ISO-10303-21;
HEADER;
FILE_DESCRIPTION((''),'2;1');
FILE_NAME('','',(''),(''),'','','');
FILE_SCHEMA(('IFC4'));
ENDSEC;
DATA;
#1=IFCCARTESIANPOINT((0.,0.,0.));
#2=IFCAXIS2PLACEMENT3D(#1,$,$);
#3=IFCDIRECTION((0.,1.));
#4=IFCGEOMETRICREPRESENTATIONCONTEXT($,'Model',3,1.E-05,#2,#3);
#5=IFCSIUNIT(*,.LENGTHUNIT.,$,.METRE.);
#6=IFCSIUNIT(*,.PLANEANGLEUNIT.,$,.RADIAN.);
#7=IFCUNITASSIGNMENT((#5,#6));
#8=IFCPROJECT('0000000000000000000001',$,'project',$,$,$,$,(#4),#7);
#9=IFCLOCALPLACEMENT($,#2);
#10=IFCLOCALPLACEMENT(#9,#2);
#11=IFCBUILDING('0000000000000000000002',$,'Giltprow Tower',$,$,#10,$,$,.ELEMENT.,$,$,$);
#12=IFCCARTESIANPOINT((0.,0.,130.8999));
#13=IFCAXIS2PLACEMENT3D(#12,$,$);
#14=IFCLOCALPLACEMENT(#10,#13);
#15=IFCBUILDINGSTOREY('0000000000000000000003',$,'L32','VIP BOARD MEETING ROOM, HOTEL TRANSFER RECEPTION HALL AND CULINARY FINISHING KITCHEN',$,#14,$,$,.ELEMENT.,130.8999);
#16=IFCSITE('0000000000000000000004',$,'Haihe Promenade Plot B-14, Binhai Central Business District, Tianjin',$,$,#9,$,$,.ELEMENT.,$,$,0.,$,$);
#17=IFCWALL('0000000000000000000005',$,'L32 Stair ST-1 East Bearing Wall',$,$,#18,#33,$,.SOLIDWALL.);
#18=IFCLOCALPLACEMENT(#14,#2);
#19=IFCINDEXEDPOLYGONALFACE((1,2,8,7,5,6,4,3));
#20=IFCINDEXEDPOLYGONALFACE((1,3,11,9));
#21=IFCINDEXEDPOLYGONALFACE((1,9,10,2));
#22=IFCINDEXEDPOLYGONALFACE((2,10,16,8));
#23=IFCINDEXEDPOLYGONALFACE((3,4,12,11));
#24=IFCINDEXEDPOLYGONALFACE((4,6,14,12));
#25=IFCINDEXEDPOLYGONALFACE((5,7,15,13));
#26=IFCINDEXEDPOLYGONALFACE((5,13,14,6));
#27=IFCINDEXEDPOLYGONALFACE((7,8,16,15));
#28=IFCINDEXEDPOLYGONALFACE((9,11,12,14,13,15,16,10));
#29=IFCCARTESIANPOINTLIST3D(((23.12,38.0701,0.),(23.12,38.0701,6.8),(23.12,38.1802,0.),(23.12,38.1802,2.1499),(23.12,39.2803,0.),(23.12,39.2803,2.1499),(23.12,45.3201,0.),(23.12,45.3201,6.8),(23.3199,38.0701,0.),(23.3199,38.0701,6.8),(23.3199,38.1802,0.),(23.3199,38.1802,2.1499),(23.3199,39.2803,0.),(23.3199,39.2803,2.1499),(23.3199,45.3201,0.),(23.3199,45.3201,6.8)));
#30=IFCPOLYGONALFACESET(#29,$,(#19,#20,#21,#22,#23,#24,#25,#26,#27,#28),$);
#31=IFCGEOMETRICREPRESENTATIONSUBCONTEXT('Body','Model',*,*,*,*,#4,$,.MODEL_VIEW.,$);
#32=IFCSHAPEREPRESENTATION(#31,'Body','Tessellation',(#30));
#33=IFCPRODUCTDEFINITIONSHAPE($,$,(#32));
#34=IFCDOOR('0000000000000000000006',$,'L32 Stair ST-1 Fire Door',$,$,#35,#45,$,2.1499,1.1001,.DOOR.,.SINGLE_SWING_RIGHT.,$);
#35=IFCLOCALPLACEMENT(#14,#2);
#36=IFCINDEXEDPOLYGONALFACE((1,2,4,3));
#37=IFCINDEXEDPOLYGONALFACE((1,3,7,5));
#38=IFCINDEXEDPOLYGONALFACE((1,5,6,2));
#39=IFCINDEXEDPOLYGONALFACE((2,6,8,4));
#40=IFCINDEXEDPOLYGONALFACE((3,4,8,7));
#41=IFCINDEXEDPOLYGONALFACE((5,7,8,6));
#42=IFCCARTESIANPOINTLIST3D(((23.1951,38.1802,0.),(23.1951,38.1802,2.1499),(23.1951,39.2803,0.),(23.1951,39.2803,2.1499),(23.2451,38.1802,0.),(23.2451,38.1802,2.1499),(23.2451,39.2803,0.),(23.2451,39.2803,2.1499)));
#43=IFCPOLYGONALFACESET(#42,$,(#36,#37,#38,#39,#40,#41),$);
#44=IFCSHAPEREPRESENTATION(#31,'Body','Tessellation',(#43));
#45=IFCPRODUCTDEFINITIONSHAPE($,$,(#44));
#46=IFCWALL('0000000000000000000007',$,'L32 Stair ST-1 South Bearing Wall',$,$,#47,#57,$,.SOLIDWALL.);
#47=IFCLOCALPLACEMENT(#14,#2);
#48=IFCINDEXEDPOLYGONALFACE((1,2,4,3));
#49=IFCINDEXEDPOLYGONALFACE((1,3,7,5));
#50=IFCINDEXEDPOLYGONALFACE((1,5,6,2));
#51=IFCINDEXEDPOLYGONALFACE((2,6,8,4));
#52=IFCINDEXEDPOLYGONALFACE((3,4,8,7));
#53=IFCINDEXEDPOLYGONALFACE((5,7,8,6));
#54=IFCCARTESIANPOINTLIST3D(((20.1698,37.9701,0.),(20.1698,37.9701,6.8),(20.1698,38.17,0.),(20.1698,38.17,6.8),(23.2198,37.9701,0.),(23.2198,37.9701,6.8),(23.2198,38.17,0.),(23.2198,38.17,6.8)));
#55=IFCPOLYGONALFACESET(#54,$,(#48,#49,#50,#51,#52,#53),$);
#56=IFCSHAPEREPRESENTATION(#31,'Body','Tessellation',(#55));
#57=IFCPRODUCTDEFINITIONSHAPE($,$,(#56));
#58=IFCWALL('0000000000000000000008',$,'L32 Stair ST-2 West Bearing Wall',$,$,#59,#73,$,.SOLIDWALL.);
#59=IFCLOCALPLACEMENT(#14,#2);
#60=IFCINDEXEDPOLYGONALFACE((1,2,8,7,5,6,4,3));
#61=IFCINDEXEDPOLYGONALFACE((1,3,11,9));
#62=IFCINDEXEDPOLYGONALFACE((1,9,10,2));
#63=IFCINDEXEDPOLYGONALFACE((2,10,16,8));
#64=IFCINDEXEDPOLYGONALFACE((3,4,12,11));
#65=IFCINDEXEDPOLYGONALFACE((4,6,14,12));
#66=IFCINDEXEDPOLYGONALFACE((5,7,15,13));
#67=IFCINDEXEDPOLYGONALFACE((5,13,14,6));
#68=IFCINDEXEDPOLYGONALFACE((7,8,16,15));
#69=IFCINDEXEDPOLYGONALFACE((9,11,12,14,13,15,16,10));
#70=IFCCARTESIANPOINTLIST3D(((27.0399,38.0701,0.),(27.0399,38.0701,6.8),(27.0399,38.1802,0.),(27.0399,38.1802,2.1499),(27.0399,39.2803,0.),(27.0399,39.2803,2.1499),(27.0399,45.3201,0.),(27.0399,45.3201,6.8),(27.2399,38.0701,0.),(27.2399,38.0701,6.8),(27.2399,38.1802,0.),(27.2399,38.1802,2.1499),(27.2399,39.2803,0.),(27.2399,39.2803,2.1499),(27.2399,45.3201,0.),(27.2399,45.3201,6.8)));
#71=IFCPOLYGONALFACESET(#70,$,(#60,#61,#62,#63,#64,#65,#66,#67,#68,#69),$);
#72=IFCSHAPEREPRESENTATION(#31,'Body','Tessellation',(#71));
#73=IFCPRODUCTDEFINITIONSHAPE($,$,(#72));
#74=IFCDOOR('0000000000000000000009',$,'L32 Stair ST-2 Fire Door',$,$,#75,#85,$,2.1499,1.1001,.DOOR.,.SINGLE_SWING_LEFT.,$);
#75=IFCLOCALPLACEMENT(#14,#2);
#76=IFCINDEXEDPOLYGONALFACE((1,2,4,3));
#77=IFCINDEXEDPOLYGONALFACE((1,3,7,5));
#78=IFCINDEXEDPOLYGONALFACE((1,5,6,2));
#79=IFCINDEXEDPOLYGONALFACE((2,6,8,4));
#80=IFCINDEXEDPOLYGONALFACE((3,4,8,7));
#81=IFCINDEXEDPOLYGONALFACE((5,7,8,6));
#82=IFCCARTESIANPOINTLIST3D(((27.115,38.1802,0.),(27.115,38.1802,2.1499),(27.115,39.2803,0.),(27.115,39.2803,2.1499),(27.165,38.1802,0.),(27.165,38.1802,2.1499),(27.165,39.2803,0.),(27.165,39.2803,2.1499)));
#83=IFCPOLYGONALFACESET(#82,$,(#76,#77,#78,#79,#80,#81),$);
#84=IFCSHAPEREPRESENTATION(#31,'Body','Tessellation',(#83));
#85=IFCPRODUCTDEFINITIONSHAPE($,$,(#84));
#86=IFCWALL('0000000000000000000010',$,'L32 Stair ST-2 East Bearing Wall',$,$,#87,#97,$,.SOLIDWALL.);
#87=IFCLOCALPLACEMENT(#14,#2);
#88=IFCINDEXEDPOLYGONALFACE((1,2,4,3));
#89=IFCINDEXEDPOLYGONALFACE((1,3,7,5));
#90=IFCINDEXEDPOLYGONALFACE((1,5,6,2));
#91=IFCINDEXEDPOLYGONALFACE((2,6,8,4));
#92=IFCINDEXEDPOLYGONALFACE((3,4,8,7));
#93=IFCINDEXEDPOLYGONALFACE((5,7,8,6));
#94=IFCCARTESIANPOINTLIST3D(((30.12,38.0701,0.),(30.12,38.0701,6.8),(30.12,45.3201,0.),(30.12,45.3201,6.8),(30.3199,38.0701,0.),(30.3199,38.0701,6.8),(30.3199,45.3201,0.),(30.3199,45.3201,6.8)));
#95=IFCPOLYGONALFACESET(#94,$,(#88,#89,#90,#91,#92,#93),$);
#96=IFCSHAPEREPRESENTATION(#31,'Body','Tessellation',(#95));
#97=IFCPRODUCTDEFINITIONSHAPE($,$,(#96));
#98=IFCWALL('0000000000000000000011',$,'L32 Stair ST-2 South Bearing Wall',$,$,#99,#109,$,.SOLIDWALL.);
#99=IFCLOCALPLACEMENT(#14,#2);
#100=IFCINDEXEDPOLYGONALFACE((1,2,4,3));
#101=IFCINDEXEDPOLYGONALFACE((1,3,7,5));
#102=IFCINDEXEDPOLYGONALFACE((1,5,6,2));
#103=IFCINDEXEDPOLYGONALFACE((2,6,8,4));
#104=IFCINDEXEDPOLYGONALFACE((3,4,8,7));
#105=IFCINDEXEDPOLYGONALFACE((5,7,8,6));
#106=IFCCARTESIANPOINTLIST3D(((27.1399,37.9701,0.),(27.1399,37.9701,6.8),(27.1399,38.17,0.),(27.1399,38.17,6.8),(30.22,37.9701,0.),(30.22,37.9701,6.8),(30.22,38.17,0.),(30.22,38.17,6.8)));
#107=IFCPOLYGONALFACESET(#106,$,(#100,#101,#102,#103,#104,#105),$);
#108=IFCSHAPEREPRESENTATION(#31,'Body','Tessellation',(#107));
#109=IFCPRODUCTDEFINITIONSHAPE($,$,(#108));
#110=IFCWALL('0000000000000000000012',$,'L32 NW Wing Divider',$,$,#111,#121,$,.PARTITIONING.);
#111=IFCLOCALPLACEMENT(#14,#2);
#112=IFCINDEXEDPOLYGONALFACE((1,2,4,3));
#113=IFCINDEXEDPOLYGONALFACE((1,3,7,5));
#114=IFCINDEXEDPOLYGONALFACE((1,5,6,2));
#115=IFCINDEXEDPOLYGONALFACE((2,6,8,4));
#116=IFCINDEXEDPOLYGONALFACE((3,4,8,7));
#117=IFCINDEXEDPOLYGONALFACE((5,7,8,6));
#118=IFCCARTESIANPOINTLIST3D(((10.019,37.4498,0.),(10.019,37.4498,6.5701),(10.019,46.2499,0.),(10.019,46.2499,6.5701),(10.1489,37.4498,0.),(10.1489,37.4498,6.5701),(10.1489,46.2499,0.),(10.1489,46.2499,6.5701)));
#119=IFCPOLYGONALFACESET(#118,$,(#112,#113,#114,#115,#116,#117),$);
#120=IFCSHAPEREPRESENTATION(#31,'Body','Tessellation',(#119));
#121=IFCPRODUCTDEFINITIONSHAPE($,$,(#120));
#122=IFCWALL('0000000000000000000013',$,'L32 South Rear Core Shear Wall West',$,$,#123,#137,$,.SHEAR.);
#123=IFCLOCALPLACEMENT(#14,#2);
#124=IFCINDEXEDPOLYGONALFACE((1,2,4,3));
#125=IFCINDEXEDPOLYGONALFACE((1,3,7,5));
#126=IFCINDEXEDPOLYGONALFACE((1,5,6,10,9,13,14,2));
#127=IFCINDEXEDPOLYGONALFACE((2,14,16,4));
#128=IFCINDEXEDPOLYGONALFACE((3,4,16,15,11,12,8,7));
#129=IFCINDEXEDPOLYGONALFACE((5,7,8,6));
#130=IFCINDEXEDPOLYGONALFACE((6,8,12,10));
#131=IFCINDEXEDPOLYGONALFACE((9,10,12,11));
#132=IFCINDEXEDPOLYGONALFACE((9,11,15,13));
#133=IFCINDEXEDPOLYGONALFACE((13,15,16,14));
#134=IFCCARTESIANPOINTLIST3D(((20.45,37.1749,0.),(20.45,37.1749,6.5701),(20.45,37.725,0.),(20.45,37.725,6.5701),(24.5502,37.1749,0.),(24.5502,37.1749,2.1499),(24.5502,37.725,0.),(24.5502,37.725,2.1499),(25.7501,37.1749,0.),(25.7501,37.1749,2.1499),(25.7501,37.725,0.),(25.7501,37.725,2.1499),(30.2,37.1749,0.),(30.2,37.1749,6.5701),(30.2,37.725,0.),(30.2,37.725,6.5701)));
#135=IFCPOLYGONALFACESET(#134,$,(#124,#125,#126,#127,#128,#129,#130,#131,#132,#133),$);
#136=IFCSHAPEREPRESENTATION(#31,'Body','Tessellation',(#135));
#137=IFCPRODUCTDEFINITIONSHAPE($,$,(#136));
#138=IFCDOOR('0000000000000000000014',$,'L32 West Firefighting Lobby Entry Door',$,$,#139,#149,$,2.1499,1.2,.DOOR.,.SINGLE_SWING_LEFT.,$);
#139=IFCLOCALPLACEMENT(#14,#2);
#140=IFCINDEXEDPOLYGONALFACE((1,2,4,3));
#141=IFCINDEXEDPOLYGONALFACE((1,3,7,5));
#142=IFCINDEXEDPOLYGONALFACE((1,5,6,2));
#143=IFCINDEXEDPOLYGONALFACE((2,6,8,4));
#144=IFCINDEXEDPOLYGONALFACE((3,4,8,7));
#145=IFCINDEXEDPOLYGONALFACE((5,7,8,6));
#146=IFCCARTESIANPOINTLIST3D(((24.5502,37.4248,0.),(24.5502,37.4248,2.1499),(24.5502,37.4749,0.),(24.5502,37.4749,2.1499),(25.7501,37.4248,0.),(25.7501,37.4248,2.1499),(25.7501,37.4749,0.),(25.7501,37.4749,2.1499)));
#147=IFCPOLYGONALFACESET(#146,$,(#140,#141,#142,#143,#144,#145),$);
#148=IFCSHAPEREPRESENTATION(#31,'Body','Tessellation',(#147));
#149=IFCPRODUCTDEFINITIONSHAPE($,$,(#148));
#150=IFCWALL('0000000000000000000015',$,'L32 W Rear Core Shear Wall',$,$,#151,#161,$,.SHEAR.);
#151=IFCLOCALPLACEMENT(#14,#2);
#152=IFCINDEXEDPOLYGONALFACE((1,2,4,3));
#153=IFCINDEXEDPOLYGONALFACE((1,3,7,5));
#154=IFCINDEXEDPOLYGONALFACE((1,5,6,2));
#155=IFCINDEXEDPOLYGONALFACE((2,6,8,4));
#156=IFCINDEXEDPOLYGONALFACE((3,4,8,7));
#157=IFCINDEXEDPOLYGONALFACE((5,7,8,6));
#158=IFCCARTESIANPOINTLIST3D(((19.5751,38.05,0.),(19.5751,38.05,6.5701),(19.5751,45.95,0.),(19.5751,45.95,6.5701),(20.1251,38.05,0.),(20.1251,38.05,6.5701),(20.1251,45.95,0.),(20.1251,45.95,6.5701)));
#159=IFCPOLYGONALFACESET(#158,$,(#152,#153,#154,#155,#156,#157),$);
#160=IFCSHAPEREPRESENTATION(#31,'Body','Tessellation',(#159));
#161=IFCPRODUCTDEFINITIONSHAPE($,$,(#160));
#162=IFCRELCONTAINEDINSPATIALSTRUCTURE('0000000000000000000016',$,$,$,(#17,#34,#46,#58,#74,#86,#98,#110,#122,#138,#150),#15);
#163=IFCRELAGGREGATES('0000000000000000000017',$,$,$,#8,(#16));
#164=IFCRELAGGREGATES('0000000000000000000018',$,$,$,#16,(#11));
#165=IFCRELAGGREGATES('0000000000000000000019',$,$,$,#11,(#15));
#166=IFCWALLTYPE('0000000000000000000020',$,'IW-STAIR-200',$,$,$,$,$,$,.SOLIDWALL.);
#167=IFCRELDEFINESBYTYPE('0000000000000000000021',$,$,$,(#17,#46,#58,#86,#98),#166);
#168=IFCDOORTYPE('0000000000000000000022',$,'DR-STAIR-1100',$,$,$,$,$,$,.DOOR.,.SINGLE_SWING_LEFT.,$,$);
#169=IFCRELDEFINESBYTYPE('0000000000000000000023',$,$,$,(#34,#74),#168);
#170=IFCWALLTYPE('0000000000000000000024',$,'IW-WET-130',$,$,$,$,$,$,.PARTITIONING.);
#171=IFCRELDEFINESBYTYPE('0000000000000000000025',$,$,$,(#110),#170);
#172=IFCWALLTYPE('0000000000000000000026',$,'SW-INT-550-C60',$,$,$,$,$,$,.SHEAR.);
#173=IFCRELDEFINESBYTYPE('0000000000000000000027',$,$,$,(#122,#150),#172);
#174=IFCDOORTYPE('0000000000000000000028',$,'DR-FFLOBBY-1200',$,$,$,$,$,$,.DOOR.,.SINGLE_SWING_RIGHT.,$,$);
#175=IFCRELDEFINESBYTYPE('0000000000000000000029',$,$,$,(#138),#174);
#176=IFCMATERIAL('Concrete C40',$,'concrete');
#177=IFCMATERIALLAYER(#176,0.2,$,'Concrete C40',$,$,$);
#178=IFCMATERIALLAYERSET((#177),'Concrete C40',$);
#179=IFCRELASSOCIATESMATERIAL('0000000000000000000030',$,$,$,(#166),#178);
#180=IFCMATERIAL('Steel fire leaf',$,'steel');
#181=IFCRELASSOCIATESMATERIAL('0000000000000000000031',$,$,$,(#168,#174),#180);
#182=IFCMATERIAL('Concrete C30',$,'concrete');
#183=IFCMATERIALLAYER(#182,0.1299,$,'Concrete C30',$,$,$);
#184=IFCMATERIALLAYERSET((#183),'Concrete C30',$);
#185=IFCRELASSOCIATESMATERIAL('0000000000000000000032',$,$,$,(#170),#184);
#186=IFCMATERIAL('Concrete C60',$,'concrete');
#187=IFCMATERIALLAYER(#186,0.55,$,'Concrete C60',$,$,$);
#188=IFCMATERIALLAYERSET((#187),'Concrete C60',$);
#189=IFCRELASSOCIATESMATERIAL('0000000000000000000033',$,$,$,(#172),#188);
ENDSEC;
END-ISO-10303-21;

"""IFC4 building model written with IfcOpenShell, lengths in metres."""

from ifc_helpers import new_model, si_unit, direction, frame, frame_2d, origin, place, context, subcontext, project, spatial, rectangle, extrude, source, transform, mapped, material, layer, layer_set, type_object, element, fill, save


model = new_model("IFC4")

# Units and contexts
model_context = context("Model", 3, precision=1e-05, world=origin(), true_north=direction((0.0, 1.0)))
body_context = subcontext(model_context, "Body", "Model", "MODEL_VIEW")
ifc_project = project(units=[si_unit("LENGTHUNIT", "METRE"), si_unit("PLANEANGLEUNIT", "RADIAN")], contexts=[model_context])

# Site, building, storey
site_placement = place(None, origin())
site = spatial("IfcSite", under=ifc_project, at=site_placement, Name="Haihe Promenade Plot B-14, Binhai Central Business District, Tianjin", CompositionType="ELEMENT", RefElevation=0.0)
building_placement = place(site_placement, origin())
building = spatial("IfcBuilding", under=site, at=building_placement, Name="Giltprow Tower", CompositionType="ELEMENT")
storey_placement = place(building_placement, frame((0.0, 0.0, 130.8999)))
storey = spatial("IfcBuildingStorey", under=building, at=storey_placement, Name="L32", Description="VIP BOARD MEETING ROOM, HOTEL TRANSFER RECEPTION HALL AND CULINARY FINISHING KITCHEN", CompositionType="ELEMENT", Elevation=130.8999)

# Shared definitions
ifc_material_1 = material(Name="Concrete C60", Category="concrete")

# Wall, opening, door
ifc_material_2 = material(Name="Concrete C40", Category="concrete")
ifc_layer_1 = layer(ifc_material_2, 0.2, Name="Concrete C40")
ifc_layer_set_1 = layer_set([ifc_layer_1], Name="Concrete C40")
wall_type_1 = type_object("IfcWallType", Name="IW-STAIR-200", PredefinedType="SOLIDWALL", material=ifc_layer_set_1)
wall_1_placement = place(storey_placement, frame((23.22, 38.0701, 0.0), z_axis=(0.0, 0.0, 1.0), x_axis=(0.0, 1.0, 0.0)))
wall_1 = element("IfcWall", 1, at=wall_1_placement, inside=storey, type_object=wall_type_1, Name="L32 Stair ST-1 East Bearing Wall", PredefinedType="SOLIDWALL", context=body_context, shape_type="SweptSolid", body=[
    extrude(rectangle(XDim=7.25, YDim=0.2, at=frame_2d((3.625, 0.0))), origin(), (0.0, 0.0, 1.0), 6.8),
])
opening_1_placement = place(wall_1_placement, frame((0.1101, 0.0, 0.0)))
opening_1 = element("IfcOpeningElement", 2, at=opening_1_placement, cuts=wall_1, PredefinedType="OPENING", context=body_context, shape_type="SweptSolid", body=[
    extrude(rectangle(XDim=1.1001, YDim=2.1499, at=frame_2d((0.55, 1.075))), frame((0.0, 0.1099, 0.0), z_axis=(0.0, -1.0, 0.0), x_axis=(1.0, 0.0, 0.0)), (0.0, 0.0, 1.0), 0.22),
])
ifc_material_3 = material(Name="Steel fire leaf", Category="steel")
door_type_1 = type_object("IfcDoorType", Name="DR-STAIR-1100", OperationType="SINGLE_SWING_LEFT", PredefinedType="DOOR", material=ifc_material_3)
shared_shape_1 = source(origin(), body_context, "Body", "SweptSolid", [
    extrude(rectangle(XDim=1.1001, YDim=2.1499, at=frame_2d((0.55, 1.075))), frame((0.0, 0.0249, 0.0), z_axis=(0.0, -1.0, 0.0), x_axis=(1.0, 0.0, 0.0)), (0.0, 0.0, 1.0), 0.05),
])
door_1_placement = place(opening_1_placement, origin())
door_1 = element("IfcDoor", 3, at=door_1_placement, inside=storey, type_object=door_type_1, Name="L32 Stair ST-1 Fire Door", OperationType="SINGLE_SWING_RIGHT", OverallHeight=2.1499, OverallWidth=1.1001, PredefinedType="DOOR", context=body_context, shape_type="MappedRepresentation", body=[
    mapped(shared_shape_1, transform((0.0, 0.0, 0.0), x_axis=(1.0, 0.0, 0.0), y_axis=(0.0, 1.0, 0.0), z_axis=(0.0, 0.0, 1.0), scale=1.0)),
])
fill(opening_1, door_1)

# Wall
wall_2_placement = place(storey_placement, frame((20.1699, 38.0701, 0.0), z_axis=(0.0, 0.0, 1.0), x_axis=(1.0, 0.0, 0.0)))
element("IfcWall", 4, at=wall_2_placement, inside=storey, type_object=wall_type_1, Name="L32 Stair ST-1 South Bearing Wall", PredefinedType="SOLIDWALL", context=body_context, shape_type="SweptSolid", body=[
    extrude(rectangle(XDim=3.05, YDim=0.2, at=frame_2d((1.5249, 0.0))), origin(), (0.0, 0.0, 1.0), 6.8),
])

# Wall, opening, door
wall_3_placement = place(storey_placement, frame((27.1399, 38.0701, 0.0), z_axis=(0.0, 0.0, 1.0), x_axis=(0.0, 1.0, 0.0)))
wall_3 = element("IfcWall", 5, at=wall_3_placement, inside=storey, type_object=wall_type_1, Name="L32 Stair ST-2 West Bearing Wall", PredefinedType="SOLIDWALL", context=body_context, shape_type="SweptSolid", body=[
    extrude(rectangle(XDim=7.25, YDim=0.2, at=frame_2d((3.625, 0.0))), origin(), (0.0, 0.0, 1.0), 6.8),
])
opening_2_placement = place(wall_3_placement, frame((0.1101, 0.0, 0.0)))
opening_2 = element("IfcOpeningElement", 6, at=opening_2_placement, cuts=wall_3, PredefinedType="OPENING", context=body_context, shape_type="SweptSolid", body=[
    extrude(rectangle(XDim=1.1001, YDim=2.1499, at=frame_2d((0.55, 1.075))), frame((0.0, 0.1099, 0.0), z_axis=(0.0, -1.0, 0.0), x_axis=(1.0, 0.0, 0.0)), (0.0, 0.0, 1.0), 0.22),
])
door_2_placement = place(opening_2_placement, origin())
door_2 = element("IfcDoor", 7, at=door_2_placement, inside=storey, type_object=door_type_1, Name="L32 Stair ST-2 Fire Door", OperationType="SINGLE_SWING_LEFT", OverallHeight=2.1499, OverallWidth=1.1001, PredefinedType="DOOR", context=body_context, shape_type="MappedRepresentation", body=[
    mapped(shared_shape_1, transform((0.0, 0.0, 0.0), x_axis=(1.0, 0.0, 0.0), y_axis=(0.0, 1.0, 0.0), z_axis=(0.0, 0.0, 1.0), scale=1.0)),
])
fill(opening_2, door_2)

# Walls
wall_4_placement = place(storey_placement, frame((30.22, 38.0701, 0.0), z_axis=(0.0, 0.0, 1.0), x_axis=(0.0, 1.0, 0.0)))
element("IfcWall", 8, at=wall_4_placement, inside=storey, type_object=wall_type_1, Name="L32 Stair ST-2 East Bearing Wall", PredefinedType="SOLIDWALL", context=body_context, shape_type="SweptSolid", body=[
    extrude(rectangle(XDim=7.25, YDim=0.2, at=frame_2d((3.625, 0.0))), origin(), (0.0, 0.0, 1.0), 6.8),
])
wall_5_placement = place(storey_placement, frame((27.1399, 38.0701, 0.0), z_axis=(0.0, 0.0, 1.0), x_axis=(1.0, 0.0, 0.0)))
element("IfcWall", 9, at=wall_5_placement, inside=storey, type_object=wall_type_1, Name="L32 Stair ST-2 South Bearing Wall", PredefinedType="SOLIDWALL", context=body_context, shape_type="SweptSolid", body=[
    extrude(rectangle(XDim=3.0801, YDim=0.2, at=frame_2d((1.54, 0.0))), origin(), (0.0, 0.0, 1.0), 6.8),
])
ifc_material_4 = material(Name="Concrete C30", Category="concrete")
ifc_layer_2 = layer(ifc_material_4, 0.1299, Name="Concrete C30")
ifc_layer_set_2 = layer_set([ifc_layer_2], Name="Concrete C30")
wall_type_2 = type_object("IfcWallType", Name="IW-WET-130", PredefinedType="PARTITIONING", material=ifc_layer_set_2)
wall_6_placement = place(storey_placement, frame((10.084, 37.45, 0.0), z_axis=(0.0, 0.0, 1.0), x_axis=(0.0, 1.0, 0.0)))
element("IfcWall", 10, at=wall_6_placement, inside=storey, type_object=wall_type_2, Name="L32 NW Wing Divider", PredefinedType="PARTITIONING", context=body_context, shape_type="SweptSolid", body=[
    extrude(rectangle(XDim=8.8, YDim=0.1299, at=frame_2d((4.3999, 0.0))), origin(), (0.0, 0.0, 1.0), 6.5701),
])

# Wall, opening, door
ifc_layer_3 = layer(ifc_material_1, 0.55, Name="Concrete C60")
ifc_layer_set_3 = layer_set([ifc_layer_3], Name="Concrete C60")
wall_type_3 = type_object("IfcWallType", Name="SW-INT-550-C60", PredefinedType="SHEAR", material=ifc_layer_set_3)
wall_7_placement = place(storey_placement, frame((20.45, 37.45, 0.0), z_axis=(0.0, 0.0, 1.0), x_axis=(1.0, 0.0, 0.0)))
wall_7 = element("IfcWall", 11, at=wall_7_placement, inside=storey, type_object=wall_type_3, Name="L32 South Rear Core Shear Wall West", PredefinedType="SHEAR", context=body_context, shape_type="SweptSolid", body=[
    extrude(rectangle(XDim=9.75, YDim=0.55, at=frame_2d((4.875, 0.0))), origin(), (0.0, 0.0, 1.0), 6.5701),
])
opening_3_placement = place(wall_7_placement, frame((4.1001, 0.0, 0.0)))
opening_3 = element("IfcOpeningElement", 12, at=opening_3_placement, cuts=wall_7, PredefinedType="OPENING", context=body_context, shape_type="SweptSolid", body=[
    extrude(rectangle(XDim=1.2, YDim=2.1499, at=frame_2d((0.6001, 1.075))), frame((0.0, 0.2849, 0.0), z_axis=(0.0, -1.0, 0.0), x_axis=(1.0, 0.0, 0.0)), (0.0, 0.0, 1.0), 0.5701),
])
door_type_2 = type_object("IfcDoorType", Name="DR-FFLOBBY-1200", OperationType="SINGLE_SWING_RIGHT", PredefinedType="DOOR", material=ifc_material_3)
shared_shape_2 = source(origin(), body_context, "Body", "SweptSolid", [
    extrude(rectangle(XDim=1.2, YDim=2.1499, at=frame_2d((0.6001, 1.075))), frame((0.0, 0.0249, 0.0), z_axis=(0.0, -1.0, 0.0), x_axis=(1.0, 0.0, 0.0)), (0.0, 0.0, 1.0), 0.05),
])
door_3_placement = place(opening_3_placement, origin())
door_3 = element("IfcDoor", 13, at=door_3_placement, inside=storey, type_object=door_type_2, Name="L32 West Firefighting Lobby Entry Door", OperationType="SINGLE_SWING_LEFT", OverallHeight=2.1499, OverallWidth=1.2, PredefinedType="DOOR", context=body_context, shape_type="MappedRepresentation", body=[
    mapped(shared_shape_2, transform((0.0, 0.0, 0.0), x_axis=(1.0, 0.0, 0.0), y_axis=(0.0, 1.0, 0.0), z_axis=(0.0, 0.0, 1.0), scale=1.0)),
])
fill(opening_3, door_3)

# Wall
wall_8_placement = place(storey_placement, frame((19.8501, 38.05, 0.0), z_axis=(0.0, 0.0, 1.0), x_axis=(0.0, 1.0, 0.0)))
element("IfcWall", 14, at=wall_8_placement, inside=storey, type_object=wall_type_3, Name="L32 W Rear Core Shear Wall", PredefinedType="SHEAR", context=body_context, shape_type="SweptSolid", body=[
    extrude(rectangle(XDim=7.8999, YDim=0.55, at=frame_2d((3.95, 0.0))), origin(), (0.0, 0.0, 1.0), 6.5701),
])

save(model, "model.ifc")
